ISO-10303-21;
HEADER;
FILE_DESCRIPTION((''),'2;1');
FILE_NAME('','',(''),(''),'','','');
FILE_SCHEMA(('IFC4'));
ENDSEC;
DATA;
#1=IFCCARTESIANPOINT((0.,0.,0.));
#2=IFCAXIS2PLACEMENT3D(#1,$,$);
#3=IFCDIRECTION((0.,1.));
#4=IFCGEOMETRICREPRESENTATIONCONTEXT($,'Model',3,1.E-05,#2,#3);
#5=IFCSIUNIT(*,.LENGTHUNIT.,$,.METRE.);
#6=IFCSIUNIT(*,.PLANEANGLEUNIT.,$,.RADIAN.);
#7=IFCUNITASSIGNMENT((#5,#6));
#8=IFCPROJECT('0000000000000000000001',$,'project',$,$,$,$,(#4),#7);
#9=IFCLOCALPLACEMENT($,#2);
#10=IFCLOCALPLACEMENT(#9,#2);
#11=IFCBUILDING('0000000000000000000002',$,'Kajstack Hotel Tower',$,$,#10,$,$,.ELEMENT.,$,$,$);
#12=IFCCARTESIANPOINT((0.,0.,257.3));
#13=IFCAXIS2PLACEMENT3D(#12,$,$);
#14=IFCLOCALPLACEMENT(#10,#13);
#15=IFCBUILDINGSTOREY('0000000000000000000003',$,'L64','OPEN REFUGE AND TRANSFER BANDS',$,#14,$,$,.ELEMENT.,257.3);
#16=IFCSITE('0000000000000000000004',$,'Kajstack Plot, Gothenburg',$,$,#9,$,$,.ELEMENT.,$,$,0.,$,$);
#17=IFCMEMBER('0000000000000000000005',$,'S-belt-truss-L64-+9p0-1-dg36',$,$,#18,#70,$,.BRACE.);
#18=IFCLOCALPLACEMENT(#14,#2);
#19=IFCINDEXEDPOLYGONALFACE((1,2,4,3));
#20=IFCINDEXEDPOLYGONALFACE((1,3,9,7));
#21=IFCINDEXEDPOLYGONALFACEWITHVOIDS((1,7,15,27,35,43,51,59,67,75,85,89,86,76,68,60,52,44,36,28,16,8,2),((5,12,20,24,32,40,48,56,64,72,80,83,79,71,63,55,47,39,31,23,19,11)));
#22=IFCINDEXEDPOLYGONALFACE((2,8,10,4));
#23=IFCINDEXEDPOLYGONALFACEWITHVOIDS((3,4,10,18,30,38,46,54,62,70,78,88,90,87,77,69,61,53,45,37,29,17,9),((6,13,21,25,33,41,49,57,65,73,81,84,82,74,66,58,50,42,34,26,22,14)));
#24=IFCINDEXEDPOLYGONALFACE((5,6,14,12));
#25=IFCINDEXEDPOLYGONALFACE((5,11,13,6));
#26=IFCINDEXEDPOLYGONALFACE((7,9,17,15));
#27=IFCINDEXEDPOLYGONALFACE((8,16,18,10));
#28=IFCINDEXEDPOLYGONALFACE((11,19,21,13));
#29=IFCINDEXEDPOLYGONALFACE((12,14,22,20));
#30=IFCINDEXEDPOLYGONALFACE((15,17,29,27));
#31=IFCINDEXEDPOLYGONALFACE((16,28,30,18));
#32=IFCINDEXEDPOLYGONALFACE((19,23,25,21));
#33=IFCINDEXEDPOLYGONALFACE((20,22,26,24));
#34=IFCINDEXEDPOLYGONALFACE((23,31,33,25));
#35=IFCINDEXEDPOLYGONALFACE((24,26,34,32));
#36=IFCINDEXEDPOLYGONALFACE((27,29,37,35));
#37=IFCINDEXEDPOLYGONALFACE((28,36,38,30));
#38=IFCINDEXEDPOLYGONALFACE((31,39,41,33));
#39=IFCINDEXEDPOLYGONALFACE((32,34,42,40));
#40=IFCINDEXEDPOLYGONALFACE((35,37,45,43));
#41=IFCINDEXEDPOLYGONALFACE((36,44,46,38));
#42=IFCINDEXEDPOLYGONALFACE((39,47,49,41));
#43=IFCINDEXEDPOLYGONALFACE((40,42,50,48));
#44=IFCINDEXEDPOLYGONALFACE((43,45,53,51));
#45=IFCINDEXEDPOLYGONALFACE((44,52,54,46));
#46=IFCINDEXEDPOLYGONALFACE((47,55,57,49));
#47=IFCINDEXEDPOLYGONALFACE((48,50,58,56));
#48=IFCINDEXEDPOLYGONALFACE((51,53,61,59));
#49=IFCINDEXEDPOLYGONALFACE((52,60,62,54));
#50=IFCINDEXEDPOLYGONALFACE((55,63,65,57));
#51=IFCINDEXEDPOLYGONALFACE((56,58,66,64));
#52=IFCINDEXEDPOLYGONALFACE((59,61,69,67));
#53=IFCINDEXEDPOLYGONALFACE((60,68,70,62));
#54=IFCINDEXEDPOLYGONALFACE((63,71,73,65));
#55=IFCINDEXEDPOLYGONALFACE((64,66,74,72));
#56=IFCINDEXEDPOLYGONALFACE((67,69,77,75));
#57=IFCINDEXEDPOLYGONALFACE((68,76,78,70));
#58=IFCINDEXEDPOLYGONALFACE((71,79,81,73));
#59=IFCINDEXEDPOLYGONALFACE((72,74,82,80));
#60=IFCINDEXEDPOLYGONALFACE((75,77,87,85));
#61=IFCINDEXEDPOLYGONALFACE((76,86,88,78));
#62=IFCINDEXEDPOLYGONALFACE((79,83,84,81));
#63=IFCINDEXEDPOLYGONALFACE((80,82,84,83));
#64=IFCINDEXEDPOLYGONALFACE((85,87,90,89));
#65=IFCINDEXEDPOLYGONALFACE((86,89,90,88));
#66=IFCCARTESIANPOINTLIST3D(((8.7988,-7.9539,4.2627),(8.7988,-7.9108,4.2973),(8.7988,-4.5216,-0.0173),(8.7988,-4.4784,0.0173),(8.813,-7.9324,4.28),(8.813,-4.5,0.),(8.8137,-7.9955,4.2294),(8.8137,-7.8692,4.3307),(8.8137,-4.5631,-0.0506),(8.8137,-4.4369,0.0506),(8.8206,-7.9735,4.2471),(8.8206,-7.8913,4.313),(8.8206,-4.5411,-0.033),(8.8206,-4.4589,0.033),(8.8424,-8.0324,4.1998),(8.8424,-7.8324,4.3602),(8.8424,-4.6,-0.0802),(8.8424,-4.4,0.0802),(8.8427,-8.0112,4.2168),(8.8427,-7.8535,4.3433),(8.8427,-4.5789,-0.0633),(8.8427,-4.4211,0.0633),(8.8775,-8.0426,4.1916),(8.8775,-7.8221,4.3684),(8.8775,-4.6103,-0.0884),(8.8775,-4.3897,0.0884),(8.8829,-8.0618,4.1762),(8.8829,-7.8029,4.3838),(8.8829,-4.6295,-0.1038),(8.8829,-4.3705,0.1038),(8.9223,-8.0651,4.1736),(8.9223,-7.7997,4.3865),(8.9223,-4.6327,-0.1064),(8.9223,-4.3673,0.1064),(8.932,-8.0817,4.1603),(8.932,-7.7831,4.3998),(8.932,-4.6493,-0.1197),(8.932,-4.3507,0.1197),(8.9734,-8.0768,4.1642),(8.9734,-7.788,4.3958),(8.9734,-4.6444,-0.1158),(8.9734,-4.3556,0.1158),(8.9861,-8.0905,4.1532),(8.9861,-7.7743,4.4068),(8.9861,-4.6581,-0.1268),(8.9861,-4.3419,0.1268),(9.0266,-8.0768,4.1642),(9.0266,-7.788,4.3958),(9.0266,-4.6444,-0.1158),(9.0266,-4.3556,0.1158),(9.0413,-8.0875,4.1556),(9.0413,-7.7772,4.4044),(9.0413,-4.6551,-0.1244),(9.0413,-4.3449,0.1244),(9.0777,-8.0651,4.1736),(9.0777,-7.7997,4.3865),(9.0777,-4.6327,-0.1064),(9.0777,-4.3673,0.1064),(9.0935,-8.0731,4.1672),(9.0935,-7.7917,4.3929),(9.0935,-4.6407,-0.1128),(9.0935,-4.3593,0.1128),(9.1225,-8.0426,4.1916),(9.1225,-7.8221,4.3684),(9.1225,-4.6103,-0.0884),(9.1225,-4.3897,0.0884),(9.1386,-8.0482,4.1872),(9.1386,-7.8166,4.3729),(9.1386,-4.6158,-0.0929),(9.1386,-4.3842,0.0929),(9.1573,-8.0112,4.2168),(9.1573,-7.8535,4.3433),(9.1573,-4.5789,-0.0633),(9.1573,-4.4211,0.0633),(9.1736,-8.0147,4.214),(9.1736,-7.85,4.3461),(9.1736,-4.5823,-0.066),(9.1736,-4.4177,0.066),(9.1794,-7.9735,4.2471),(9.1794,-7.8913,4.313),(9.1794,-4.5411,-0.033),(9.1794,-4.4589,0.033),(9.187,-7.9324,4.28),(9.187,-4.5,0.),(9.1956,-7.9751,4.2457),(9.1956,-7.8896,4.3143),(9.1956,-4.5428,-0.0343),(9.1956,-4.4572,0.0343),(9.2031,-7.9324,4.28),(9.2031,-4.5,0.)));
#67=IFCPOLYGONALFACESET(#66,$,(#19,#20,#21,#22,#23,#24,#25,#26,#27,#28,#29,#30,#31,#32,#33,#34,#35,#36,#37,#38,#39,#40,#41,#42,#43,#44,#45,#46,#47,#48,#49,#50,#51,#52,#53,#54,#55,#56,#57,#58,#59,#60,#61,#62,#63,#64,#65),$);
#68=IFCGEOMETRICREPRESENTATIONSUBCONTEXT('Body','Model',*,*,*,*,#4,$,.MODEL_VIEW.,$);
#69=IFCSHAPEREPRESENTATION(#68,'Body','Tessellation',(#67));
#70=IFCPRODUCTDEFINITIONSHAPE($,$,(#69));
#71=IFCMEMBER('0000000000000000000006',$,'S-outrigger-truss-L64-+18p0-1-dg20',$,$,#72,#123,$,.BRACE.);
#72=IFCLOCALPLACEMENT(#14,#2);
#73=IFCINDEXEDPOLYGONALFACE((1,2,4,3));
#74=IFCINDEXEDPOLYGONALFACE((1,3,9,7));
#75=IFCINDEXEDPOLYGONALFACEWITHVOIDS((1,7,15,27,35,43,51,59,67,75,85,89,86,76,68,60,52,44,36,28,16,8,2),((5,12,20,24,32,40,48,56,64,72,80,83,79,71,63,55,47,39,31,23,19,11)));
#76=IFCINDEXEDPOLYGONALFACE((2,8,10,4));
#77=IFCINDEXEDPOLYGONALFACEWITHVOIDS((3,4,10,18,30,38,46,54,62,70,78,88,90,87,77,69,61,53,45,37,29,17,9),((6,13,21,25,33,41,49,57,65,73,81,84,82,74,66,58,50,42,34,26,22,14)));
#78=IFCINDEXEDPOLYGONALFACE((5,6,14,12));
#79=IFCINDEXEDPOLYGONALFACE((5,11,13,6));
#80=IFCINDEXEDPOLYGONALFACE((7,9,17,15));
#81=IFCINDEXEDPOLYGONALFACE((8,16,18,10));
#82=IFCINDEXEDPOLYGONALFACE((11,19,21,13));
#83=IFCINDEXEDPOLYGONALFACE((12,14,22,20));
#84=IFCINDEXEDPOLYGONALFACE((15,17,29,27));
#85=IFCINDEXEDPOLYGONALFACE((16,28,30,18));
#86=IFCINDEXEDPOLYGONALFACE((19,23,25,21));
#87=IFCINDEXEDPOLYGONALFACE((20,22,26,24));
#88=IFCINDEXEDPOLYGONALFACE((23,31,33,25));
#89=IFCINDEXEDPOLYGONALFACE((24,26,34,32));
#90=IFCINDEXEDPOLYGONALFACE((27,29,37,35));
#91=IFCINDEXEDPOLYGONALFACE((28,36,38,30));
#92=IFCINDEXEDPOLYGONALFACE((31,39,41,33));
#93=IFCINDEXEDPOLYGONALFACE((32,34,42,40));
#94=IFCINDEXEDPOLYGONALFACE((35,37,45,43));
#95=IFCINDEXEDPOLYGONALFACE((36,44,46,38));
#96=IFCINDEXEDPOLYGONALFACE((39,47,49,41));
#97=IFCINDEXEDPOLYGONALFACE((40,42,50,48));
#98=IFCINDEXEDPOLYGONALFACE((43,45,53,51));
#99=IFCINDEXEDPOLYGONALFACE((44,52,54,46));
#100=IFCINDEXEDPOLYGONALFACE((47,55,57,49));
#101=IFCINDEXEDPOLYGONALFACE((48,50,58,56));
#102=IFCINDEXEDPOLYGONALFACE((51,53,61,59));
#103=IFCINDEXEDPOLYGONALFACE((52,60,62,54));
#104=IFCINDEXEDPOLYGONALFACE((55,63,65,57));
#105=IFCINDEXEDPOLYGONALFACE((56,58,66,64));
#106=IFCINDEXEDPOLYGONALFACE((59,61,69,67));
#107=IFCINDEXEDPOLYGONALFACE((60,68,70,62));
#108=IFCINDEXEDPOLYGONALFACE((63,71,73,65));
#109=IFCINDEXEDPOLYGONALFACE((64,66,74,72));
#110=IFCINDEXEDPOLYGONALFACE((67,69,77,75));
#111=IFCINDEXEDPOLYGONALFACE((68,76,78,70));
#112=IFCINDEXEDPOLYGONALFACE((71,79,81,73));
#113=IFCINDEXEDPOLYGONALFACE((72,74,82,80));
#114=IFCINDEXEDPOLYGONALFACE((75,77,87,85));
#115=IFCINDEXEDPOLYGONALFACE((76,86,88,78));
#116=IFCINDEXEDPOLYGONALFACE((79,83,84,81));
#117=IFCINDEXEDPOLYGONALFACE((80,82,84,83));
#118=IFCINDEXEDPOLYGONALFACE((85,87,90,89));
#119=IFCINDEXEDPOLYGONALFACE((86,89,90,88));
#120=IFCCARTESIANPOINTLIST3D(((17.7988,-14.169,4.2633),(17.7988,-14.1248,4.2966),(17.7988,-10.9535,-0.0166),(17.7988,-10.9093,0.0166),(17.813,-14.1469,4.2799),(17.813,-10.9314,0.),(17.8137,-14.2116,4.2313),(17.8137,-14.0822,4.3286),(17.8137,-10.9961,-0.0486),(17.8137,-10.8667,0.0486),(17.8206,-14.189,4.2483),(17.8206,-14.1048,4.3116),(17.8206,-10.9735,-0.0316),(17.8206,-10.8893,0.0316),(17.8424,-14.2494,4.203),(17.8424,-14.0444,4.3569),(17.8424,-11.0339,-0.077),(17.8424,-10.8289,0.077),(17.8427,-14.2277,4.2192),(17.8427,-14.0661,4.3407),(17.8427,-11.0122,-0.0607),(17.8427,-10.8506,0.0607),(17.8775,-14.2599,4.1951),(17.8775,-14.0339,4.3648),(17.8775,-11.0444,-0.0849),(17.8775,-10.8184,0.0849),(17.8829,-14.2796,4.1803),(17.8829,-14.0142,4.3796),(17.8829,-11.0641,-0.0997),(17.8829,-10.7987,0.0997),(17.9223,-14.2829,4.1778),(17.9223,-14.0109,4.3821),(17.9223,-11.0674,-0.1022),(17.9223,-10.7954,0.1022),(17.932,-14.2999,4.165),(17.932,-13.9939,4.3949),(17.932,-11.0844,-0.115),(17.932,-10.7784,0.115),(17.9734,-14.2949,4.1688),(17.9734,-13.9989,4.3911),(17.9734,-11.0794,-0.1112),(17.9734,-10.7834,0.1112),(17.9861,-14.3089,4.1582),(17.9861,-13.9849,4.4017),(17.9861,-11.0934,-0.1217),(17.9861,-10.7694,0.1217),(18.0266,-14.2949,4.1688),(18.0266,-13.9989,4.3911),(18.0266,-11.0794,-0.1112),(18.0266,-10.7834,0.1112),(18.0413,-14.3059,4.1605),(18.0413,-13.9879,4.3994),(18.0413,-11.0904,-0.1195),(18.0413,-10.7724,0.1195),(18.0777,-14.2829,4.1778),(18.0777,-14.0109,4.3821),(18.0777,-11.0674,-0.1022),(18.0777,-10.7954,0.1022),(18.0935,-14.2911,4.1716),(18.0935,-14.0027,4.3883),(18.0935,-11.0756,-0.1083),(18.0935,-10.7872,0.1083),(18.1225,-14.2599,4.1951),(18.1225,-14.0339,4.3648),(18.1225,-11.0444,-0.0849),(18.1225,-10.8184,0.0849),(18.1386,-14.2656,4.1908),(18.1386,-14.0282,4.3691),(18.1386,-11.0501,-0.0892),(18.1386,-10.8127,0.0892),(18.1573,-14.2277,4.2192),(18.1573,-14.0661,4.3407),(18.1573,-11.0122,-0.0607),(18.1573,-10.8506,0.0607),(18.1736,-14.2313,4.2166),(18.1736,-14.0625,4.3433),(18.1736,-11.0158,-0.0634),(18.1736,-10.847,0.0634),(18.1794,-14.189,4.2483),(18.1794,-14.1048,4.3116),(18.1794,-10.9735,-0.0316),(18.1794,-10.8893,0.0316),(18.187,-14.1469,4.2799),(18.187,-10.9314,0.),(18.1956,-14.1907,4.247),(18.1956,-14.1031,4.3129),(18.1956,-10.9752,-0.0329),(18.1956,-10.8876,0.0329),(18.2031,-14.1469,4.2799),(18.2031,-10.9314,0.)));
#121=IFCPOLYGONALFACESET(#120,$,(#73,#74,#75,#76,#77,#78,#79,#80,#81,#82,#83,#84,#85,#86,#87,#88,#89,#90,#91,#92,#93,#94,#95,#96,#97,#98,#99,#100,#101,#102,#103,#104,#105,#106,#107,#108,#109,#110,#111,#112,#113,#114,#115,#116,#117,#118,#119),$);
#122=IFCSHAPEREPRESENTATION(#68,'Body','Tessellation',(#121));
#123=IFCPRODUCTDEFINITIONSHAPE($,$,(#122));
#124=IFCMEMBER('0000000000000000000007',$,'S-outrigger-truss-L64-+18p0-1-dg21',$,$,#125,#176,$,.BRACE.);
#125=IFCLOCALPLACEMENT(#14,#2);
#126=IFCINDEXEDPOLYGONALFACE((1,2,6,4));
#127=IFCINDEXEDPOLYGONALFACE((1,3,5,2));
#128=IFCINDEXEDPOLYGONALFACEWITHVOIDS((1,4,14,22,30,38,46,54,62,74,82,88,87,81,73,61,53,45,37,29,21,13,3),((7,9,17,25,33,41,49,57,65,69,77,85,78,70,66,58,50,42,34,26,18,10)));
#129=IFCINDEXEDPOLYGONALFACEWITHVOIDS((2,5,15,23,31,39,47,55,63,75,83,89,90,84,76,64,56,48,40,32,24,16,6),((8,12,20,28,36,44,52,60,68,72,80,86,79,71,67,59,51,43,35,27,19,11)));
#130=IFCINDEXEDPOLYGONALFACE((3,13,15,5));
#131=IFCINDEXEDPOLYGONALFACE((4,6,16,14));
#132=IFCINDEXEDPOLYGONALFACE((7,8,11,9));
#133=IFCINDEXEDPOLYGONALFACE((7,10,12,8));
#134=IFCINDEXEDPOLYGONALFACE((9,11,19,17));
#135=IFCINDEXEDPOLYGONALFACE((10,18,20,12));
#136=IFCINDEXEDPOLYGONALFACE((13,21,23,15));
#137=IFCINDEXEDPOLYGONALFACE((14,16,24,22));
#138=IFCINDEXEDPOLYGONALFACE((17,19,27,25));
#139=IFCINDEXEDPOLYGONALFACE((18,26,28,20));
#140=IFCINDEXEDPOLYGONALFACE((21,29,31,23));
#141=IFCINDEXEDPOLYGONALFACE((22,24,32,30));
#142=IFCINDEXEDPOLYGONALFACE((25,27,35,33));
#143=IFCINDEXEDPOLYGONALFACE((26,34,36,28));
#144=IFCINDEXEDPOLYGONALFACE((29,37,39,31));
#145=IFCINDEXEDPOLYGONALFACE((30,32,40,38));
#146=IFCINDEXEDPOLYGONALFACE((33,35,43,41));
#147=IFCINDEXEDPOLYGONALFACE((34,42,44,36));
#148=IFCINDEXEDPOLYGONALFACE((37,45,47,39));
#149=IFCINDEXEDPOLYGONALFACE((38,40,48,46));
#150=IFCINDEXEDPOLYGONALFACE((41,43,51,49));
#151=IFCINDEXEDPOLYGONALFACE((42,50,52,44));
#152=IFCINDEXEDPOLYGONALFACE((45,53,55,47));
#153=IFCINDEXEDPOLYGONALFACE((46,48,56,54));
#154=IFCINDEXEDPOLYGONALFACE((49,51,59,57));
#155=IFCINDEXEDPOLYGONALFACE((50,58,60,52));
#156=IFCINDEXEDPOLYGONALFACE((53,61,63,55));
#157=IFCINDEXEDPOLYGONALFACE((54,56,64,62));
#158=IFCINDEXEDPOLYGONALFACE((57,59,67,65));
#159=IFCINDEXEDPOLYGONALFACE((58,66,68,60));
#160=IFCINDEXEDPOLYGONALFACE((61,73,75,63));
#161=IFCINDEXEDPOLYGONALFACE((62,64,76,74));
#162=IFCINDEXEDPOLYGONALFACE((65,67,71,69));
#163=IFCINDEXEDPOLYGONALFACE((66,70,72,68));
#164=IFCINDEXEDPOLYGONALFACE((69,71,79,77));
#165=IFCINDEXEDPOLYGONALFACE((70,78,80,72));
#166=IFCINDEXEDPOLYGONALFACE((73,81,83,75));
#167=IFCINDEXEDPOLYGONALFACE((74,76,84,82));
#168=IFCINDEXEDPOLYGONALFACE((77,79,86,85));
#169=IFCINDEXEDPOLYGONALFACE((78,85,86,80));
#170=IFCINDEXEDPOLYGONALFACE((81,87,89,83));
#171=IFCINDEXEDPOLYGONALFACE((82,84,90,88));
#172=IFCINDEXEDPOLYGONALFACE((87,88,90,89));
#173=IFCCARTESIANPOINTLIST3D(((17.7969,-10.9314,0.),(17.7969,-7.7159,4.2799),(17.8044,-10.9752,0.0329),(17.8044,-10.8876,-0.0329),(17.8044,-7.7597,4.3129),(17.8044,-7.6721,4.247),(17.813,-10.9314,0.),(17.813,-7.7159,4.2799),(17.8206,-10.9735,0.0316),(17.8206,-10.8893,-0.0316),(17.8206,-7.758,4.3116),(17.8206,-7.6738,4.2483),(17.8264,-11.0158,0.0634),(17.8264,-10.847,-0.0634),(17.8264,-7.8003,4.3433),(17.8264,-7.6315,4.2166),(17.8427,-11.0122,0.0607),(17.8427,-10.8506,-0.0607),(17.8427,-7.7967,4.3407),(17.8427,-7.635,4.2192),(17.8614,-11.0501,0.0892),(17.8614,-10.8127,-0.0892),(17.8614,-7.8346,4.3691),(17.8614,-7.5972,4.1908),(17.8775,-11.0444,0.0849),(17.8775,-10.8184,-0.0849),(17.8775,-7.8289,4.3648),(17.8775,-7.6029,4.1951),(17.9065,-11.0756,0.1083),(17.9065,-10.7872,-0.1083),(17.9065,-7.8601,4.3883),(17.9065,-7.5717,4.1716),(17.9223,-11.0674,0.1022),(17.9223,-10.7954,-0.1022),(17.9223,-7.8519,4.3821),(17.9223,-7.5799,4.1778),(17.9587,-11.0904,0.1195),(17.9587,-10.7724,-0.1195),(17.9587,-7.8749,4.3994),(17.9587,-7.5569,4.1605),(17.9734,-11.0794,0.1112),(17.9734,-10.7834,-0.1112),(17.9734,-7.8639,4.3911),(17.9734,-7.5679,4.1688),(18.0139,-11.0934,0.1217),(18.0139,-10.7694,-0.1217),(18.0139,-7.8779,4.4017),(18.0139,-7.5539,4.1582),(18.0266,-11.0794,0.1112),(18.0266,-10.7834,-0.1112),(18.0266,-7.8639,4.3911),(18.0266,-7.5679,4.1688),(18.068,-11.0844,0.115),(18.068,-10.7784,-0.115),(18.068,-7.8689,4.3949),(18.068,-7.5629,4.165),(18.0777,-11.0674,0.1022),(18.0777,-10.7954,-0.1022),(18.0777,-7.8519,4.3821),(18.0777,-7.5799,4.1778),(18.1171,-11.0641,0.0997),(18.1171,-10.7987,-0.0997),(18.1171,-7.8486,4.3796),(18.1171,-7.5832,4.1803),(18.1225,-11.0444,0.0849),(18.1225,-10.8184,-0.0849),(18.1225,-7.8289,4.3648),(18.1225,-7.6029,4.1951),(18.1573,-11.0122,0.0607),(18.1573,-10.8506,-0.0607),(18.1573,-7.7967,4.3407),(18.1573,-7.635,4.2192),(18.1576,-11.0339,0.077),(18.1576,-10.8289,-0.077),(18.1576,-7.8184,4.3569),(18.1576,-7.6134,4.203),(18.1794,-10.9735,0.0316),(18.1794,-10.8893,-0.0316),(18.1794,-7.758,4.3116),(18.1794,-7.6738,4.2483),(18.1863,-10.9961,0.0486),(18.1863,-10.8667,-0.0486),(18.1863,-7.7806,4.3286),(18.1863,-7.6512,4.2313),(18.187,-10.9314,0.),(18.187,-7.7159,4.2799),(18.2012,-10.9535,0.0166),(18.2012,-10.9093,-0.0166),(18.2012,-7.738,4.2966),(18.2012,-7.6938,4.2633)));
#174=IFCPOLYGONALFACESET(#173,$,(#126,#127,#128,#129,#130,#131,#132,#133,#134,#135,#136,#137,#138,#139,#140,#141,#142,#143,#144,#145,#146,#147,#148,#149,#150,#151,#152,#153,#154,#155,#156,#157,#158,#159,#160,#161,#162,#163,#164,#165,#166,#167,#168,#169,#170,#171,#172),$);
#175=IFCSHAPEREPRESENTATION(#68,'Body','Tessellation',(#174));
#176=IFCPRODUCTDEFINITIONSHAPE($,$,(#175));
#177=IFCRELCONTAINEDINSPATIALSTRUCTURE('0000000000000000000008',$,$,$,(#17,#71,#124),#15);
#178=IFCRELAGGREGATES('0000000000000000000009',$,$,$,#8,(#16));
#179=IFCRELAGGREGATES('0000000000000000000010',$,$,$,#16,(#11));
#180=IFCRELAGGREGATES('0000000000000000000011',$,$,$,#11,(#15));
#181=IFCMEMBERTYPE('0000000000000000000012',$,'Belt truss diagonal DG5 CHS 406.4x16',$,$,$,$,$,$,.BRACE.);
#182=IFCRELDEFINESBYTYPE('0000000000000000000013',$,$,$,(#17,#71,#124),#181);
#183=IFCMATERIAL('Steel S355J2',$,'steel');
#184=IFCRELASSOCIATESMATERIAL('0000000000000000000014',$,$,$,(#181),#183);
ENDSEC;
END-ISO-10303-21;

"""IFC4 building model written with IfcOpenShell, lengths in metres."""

from ifc_helpers import new_model, si_unit, direction, frame, origin, origin_2d, place, context, subcontext, project, spatial, hollow_circle, extrude, material, material_profile, profile_set, type_object, element, save


model = new_model("IFC4")

# Units and contexts
model_context = context("Model", 3, precision=1e-05, world=origin(), true_north=direction((0.0, 1.0)))
body_context = subcontext(model_context, "Body", "Model", "MODEL_VIEW")
ifc_project = project(units=[si_unit("LENGTHUNIT", "METRE"), si_unit("PLANEANGLEUNIT", "RADIAN")], contexts=[model_context])

# Site, building, storey
site_placement = place(None, origin())
site = spatial("IfcSite", under=ifc_project, at=site_placement, Name="Kajstack Plot, Gothenburg", CompositionType="ELEMENT", RefElevation=0.0)
building_placement = place(site_placement, origin())
building = spatial("IfcBuilding", under=site, at=building_placement, Name="Kajstack Hotel Tower", CompositionType="ELEMENT")
storey_placement = place(building_placement, frame((0.0, 0.0, 257.3)))
storey = spatial("IfcBuildingStorey", under=building, at=storey_placement, Name="L64", Description="OPEN REFUGE AND TRANSFER BANDS", CompositionType="ELEMENT", Elevation=257.3)

# Members
ifc_material = material(Name="Steel S355J2", Category="steel")
ifc_material_profile_1 = material_profile(ifc_material, hollow_circle(Radius=0.2031, WallThickness=0.0161, at=origin_2d()), Name="CHS 406.4x16")
ifc_profile_set_1 = profile_set([ifc_material_profile_1], Name="Steel S355J2")
member_type_1 = type_object("IfcMemberType", Name="Belt truss diagonal DG5 CHS 406.4x16", PredefinedType="BRACE", material=ifc_profile_set_1)
member_1_placement = place(storey_placement, frame((9.0, -4.5, 0.0), z_axis=(0.0, -0.625623, 0.780126), x_axis=(1.0, 0.0, 0.0)))
element("IfcMember", 1, at=member_1_placement, inside=storey, type_object=member_type_1, Name="S-belt-truss-L64-+9p0-1-dg36", PredefinedType="BRACE", context=body_context, shape_type="SweptSolid", body=[
    extrude(hollow_circle(Radius=0.2031, WallThickness=0.0161, at=origin_2d()), origin(), (0.0, 0.0, 1.0), 5.4863),
])
for number, where, z_axis, x_axis, name in (
    (2, (18.0, -10.9314, 0.0), (0.0, -0.600664, 0.799502), (1.0, 0.0, 0.0), "S-outrigger-truss-L64-+18p0-1-dg20"),
    (3, (18.0, -10.9314, 0.0), (0.0, 0.600664, 0.799502), (-1.0, 0.0, 0.0), "S-outrigger-truss-L64-+18p0-1-dg21"),
):
    element("IfcMember", number, at=place(storey_placement, frame(where, z_axis=z_axis, x_axis=x_axis)), inside=storey, type_object=member_type_1, Name=name, PredefinedType="BRACE", context=body_context, shape_type="SweptSolid", body=[
        extrude(hollow_circle(Radius=0.2031, WallThickness=0.0161, at=origin_2d()), origin(), (0.0, 0.0, 1.0), 5.3533),
    ])

save(model, "model.ifc")
